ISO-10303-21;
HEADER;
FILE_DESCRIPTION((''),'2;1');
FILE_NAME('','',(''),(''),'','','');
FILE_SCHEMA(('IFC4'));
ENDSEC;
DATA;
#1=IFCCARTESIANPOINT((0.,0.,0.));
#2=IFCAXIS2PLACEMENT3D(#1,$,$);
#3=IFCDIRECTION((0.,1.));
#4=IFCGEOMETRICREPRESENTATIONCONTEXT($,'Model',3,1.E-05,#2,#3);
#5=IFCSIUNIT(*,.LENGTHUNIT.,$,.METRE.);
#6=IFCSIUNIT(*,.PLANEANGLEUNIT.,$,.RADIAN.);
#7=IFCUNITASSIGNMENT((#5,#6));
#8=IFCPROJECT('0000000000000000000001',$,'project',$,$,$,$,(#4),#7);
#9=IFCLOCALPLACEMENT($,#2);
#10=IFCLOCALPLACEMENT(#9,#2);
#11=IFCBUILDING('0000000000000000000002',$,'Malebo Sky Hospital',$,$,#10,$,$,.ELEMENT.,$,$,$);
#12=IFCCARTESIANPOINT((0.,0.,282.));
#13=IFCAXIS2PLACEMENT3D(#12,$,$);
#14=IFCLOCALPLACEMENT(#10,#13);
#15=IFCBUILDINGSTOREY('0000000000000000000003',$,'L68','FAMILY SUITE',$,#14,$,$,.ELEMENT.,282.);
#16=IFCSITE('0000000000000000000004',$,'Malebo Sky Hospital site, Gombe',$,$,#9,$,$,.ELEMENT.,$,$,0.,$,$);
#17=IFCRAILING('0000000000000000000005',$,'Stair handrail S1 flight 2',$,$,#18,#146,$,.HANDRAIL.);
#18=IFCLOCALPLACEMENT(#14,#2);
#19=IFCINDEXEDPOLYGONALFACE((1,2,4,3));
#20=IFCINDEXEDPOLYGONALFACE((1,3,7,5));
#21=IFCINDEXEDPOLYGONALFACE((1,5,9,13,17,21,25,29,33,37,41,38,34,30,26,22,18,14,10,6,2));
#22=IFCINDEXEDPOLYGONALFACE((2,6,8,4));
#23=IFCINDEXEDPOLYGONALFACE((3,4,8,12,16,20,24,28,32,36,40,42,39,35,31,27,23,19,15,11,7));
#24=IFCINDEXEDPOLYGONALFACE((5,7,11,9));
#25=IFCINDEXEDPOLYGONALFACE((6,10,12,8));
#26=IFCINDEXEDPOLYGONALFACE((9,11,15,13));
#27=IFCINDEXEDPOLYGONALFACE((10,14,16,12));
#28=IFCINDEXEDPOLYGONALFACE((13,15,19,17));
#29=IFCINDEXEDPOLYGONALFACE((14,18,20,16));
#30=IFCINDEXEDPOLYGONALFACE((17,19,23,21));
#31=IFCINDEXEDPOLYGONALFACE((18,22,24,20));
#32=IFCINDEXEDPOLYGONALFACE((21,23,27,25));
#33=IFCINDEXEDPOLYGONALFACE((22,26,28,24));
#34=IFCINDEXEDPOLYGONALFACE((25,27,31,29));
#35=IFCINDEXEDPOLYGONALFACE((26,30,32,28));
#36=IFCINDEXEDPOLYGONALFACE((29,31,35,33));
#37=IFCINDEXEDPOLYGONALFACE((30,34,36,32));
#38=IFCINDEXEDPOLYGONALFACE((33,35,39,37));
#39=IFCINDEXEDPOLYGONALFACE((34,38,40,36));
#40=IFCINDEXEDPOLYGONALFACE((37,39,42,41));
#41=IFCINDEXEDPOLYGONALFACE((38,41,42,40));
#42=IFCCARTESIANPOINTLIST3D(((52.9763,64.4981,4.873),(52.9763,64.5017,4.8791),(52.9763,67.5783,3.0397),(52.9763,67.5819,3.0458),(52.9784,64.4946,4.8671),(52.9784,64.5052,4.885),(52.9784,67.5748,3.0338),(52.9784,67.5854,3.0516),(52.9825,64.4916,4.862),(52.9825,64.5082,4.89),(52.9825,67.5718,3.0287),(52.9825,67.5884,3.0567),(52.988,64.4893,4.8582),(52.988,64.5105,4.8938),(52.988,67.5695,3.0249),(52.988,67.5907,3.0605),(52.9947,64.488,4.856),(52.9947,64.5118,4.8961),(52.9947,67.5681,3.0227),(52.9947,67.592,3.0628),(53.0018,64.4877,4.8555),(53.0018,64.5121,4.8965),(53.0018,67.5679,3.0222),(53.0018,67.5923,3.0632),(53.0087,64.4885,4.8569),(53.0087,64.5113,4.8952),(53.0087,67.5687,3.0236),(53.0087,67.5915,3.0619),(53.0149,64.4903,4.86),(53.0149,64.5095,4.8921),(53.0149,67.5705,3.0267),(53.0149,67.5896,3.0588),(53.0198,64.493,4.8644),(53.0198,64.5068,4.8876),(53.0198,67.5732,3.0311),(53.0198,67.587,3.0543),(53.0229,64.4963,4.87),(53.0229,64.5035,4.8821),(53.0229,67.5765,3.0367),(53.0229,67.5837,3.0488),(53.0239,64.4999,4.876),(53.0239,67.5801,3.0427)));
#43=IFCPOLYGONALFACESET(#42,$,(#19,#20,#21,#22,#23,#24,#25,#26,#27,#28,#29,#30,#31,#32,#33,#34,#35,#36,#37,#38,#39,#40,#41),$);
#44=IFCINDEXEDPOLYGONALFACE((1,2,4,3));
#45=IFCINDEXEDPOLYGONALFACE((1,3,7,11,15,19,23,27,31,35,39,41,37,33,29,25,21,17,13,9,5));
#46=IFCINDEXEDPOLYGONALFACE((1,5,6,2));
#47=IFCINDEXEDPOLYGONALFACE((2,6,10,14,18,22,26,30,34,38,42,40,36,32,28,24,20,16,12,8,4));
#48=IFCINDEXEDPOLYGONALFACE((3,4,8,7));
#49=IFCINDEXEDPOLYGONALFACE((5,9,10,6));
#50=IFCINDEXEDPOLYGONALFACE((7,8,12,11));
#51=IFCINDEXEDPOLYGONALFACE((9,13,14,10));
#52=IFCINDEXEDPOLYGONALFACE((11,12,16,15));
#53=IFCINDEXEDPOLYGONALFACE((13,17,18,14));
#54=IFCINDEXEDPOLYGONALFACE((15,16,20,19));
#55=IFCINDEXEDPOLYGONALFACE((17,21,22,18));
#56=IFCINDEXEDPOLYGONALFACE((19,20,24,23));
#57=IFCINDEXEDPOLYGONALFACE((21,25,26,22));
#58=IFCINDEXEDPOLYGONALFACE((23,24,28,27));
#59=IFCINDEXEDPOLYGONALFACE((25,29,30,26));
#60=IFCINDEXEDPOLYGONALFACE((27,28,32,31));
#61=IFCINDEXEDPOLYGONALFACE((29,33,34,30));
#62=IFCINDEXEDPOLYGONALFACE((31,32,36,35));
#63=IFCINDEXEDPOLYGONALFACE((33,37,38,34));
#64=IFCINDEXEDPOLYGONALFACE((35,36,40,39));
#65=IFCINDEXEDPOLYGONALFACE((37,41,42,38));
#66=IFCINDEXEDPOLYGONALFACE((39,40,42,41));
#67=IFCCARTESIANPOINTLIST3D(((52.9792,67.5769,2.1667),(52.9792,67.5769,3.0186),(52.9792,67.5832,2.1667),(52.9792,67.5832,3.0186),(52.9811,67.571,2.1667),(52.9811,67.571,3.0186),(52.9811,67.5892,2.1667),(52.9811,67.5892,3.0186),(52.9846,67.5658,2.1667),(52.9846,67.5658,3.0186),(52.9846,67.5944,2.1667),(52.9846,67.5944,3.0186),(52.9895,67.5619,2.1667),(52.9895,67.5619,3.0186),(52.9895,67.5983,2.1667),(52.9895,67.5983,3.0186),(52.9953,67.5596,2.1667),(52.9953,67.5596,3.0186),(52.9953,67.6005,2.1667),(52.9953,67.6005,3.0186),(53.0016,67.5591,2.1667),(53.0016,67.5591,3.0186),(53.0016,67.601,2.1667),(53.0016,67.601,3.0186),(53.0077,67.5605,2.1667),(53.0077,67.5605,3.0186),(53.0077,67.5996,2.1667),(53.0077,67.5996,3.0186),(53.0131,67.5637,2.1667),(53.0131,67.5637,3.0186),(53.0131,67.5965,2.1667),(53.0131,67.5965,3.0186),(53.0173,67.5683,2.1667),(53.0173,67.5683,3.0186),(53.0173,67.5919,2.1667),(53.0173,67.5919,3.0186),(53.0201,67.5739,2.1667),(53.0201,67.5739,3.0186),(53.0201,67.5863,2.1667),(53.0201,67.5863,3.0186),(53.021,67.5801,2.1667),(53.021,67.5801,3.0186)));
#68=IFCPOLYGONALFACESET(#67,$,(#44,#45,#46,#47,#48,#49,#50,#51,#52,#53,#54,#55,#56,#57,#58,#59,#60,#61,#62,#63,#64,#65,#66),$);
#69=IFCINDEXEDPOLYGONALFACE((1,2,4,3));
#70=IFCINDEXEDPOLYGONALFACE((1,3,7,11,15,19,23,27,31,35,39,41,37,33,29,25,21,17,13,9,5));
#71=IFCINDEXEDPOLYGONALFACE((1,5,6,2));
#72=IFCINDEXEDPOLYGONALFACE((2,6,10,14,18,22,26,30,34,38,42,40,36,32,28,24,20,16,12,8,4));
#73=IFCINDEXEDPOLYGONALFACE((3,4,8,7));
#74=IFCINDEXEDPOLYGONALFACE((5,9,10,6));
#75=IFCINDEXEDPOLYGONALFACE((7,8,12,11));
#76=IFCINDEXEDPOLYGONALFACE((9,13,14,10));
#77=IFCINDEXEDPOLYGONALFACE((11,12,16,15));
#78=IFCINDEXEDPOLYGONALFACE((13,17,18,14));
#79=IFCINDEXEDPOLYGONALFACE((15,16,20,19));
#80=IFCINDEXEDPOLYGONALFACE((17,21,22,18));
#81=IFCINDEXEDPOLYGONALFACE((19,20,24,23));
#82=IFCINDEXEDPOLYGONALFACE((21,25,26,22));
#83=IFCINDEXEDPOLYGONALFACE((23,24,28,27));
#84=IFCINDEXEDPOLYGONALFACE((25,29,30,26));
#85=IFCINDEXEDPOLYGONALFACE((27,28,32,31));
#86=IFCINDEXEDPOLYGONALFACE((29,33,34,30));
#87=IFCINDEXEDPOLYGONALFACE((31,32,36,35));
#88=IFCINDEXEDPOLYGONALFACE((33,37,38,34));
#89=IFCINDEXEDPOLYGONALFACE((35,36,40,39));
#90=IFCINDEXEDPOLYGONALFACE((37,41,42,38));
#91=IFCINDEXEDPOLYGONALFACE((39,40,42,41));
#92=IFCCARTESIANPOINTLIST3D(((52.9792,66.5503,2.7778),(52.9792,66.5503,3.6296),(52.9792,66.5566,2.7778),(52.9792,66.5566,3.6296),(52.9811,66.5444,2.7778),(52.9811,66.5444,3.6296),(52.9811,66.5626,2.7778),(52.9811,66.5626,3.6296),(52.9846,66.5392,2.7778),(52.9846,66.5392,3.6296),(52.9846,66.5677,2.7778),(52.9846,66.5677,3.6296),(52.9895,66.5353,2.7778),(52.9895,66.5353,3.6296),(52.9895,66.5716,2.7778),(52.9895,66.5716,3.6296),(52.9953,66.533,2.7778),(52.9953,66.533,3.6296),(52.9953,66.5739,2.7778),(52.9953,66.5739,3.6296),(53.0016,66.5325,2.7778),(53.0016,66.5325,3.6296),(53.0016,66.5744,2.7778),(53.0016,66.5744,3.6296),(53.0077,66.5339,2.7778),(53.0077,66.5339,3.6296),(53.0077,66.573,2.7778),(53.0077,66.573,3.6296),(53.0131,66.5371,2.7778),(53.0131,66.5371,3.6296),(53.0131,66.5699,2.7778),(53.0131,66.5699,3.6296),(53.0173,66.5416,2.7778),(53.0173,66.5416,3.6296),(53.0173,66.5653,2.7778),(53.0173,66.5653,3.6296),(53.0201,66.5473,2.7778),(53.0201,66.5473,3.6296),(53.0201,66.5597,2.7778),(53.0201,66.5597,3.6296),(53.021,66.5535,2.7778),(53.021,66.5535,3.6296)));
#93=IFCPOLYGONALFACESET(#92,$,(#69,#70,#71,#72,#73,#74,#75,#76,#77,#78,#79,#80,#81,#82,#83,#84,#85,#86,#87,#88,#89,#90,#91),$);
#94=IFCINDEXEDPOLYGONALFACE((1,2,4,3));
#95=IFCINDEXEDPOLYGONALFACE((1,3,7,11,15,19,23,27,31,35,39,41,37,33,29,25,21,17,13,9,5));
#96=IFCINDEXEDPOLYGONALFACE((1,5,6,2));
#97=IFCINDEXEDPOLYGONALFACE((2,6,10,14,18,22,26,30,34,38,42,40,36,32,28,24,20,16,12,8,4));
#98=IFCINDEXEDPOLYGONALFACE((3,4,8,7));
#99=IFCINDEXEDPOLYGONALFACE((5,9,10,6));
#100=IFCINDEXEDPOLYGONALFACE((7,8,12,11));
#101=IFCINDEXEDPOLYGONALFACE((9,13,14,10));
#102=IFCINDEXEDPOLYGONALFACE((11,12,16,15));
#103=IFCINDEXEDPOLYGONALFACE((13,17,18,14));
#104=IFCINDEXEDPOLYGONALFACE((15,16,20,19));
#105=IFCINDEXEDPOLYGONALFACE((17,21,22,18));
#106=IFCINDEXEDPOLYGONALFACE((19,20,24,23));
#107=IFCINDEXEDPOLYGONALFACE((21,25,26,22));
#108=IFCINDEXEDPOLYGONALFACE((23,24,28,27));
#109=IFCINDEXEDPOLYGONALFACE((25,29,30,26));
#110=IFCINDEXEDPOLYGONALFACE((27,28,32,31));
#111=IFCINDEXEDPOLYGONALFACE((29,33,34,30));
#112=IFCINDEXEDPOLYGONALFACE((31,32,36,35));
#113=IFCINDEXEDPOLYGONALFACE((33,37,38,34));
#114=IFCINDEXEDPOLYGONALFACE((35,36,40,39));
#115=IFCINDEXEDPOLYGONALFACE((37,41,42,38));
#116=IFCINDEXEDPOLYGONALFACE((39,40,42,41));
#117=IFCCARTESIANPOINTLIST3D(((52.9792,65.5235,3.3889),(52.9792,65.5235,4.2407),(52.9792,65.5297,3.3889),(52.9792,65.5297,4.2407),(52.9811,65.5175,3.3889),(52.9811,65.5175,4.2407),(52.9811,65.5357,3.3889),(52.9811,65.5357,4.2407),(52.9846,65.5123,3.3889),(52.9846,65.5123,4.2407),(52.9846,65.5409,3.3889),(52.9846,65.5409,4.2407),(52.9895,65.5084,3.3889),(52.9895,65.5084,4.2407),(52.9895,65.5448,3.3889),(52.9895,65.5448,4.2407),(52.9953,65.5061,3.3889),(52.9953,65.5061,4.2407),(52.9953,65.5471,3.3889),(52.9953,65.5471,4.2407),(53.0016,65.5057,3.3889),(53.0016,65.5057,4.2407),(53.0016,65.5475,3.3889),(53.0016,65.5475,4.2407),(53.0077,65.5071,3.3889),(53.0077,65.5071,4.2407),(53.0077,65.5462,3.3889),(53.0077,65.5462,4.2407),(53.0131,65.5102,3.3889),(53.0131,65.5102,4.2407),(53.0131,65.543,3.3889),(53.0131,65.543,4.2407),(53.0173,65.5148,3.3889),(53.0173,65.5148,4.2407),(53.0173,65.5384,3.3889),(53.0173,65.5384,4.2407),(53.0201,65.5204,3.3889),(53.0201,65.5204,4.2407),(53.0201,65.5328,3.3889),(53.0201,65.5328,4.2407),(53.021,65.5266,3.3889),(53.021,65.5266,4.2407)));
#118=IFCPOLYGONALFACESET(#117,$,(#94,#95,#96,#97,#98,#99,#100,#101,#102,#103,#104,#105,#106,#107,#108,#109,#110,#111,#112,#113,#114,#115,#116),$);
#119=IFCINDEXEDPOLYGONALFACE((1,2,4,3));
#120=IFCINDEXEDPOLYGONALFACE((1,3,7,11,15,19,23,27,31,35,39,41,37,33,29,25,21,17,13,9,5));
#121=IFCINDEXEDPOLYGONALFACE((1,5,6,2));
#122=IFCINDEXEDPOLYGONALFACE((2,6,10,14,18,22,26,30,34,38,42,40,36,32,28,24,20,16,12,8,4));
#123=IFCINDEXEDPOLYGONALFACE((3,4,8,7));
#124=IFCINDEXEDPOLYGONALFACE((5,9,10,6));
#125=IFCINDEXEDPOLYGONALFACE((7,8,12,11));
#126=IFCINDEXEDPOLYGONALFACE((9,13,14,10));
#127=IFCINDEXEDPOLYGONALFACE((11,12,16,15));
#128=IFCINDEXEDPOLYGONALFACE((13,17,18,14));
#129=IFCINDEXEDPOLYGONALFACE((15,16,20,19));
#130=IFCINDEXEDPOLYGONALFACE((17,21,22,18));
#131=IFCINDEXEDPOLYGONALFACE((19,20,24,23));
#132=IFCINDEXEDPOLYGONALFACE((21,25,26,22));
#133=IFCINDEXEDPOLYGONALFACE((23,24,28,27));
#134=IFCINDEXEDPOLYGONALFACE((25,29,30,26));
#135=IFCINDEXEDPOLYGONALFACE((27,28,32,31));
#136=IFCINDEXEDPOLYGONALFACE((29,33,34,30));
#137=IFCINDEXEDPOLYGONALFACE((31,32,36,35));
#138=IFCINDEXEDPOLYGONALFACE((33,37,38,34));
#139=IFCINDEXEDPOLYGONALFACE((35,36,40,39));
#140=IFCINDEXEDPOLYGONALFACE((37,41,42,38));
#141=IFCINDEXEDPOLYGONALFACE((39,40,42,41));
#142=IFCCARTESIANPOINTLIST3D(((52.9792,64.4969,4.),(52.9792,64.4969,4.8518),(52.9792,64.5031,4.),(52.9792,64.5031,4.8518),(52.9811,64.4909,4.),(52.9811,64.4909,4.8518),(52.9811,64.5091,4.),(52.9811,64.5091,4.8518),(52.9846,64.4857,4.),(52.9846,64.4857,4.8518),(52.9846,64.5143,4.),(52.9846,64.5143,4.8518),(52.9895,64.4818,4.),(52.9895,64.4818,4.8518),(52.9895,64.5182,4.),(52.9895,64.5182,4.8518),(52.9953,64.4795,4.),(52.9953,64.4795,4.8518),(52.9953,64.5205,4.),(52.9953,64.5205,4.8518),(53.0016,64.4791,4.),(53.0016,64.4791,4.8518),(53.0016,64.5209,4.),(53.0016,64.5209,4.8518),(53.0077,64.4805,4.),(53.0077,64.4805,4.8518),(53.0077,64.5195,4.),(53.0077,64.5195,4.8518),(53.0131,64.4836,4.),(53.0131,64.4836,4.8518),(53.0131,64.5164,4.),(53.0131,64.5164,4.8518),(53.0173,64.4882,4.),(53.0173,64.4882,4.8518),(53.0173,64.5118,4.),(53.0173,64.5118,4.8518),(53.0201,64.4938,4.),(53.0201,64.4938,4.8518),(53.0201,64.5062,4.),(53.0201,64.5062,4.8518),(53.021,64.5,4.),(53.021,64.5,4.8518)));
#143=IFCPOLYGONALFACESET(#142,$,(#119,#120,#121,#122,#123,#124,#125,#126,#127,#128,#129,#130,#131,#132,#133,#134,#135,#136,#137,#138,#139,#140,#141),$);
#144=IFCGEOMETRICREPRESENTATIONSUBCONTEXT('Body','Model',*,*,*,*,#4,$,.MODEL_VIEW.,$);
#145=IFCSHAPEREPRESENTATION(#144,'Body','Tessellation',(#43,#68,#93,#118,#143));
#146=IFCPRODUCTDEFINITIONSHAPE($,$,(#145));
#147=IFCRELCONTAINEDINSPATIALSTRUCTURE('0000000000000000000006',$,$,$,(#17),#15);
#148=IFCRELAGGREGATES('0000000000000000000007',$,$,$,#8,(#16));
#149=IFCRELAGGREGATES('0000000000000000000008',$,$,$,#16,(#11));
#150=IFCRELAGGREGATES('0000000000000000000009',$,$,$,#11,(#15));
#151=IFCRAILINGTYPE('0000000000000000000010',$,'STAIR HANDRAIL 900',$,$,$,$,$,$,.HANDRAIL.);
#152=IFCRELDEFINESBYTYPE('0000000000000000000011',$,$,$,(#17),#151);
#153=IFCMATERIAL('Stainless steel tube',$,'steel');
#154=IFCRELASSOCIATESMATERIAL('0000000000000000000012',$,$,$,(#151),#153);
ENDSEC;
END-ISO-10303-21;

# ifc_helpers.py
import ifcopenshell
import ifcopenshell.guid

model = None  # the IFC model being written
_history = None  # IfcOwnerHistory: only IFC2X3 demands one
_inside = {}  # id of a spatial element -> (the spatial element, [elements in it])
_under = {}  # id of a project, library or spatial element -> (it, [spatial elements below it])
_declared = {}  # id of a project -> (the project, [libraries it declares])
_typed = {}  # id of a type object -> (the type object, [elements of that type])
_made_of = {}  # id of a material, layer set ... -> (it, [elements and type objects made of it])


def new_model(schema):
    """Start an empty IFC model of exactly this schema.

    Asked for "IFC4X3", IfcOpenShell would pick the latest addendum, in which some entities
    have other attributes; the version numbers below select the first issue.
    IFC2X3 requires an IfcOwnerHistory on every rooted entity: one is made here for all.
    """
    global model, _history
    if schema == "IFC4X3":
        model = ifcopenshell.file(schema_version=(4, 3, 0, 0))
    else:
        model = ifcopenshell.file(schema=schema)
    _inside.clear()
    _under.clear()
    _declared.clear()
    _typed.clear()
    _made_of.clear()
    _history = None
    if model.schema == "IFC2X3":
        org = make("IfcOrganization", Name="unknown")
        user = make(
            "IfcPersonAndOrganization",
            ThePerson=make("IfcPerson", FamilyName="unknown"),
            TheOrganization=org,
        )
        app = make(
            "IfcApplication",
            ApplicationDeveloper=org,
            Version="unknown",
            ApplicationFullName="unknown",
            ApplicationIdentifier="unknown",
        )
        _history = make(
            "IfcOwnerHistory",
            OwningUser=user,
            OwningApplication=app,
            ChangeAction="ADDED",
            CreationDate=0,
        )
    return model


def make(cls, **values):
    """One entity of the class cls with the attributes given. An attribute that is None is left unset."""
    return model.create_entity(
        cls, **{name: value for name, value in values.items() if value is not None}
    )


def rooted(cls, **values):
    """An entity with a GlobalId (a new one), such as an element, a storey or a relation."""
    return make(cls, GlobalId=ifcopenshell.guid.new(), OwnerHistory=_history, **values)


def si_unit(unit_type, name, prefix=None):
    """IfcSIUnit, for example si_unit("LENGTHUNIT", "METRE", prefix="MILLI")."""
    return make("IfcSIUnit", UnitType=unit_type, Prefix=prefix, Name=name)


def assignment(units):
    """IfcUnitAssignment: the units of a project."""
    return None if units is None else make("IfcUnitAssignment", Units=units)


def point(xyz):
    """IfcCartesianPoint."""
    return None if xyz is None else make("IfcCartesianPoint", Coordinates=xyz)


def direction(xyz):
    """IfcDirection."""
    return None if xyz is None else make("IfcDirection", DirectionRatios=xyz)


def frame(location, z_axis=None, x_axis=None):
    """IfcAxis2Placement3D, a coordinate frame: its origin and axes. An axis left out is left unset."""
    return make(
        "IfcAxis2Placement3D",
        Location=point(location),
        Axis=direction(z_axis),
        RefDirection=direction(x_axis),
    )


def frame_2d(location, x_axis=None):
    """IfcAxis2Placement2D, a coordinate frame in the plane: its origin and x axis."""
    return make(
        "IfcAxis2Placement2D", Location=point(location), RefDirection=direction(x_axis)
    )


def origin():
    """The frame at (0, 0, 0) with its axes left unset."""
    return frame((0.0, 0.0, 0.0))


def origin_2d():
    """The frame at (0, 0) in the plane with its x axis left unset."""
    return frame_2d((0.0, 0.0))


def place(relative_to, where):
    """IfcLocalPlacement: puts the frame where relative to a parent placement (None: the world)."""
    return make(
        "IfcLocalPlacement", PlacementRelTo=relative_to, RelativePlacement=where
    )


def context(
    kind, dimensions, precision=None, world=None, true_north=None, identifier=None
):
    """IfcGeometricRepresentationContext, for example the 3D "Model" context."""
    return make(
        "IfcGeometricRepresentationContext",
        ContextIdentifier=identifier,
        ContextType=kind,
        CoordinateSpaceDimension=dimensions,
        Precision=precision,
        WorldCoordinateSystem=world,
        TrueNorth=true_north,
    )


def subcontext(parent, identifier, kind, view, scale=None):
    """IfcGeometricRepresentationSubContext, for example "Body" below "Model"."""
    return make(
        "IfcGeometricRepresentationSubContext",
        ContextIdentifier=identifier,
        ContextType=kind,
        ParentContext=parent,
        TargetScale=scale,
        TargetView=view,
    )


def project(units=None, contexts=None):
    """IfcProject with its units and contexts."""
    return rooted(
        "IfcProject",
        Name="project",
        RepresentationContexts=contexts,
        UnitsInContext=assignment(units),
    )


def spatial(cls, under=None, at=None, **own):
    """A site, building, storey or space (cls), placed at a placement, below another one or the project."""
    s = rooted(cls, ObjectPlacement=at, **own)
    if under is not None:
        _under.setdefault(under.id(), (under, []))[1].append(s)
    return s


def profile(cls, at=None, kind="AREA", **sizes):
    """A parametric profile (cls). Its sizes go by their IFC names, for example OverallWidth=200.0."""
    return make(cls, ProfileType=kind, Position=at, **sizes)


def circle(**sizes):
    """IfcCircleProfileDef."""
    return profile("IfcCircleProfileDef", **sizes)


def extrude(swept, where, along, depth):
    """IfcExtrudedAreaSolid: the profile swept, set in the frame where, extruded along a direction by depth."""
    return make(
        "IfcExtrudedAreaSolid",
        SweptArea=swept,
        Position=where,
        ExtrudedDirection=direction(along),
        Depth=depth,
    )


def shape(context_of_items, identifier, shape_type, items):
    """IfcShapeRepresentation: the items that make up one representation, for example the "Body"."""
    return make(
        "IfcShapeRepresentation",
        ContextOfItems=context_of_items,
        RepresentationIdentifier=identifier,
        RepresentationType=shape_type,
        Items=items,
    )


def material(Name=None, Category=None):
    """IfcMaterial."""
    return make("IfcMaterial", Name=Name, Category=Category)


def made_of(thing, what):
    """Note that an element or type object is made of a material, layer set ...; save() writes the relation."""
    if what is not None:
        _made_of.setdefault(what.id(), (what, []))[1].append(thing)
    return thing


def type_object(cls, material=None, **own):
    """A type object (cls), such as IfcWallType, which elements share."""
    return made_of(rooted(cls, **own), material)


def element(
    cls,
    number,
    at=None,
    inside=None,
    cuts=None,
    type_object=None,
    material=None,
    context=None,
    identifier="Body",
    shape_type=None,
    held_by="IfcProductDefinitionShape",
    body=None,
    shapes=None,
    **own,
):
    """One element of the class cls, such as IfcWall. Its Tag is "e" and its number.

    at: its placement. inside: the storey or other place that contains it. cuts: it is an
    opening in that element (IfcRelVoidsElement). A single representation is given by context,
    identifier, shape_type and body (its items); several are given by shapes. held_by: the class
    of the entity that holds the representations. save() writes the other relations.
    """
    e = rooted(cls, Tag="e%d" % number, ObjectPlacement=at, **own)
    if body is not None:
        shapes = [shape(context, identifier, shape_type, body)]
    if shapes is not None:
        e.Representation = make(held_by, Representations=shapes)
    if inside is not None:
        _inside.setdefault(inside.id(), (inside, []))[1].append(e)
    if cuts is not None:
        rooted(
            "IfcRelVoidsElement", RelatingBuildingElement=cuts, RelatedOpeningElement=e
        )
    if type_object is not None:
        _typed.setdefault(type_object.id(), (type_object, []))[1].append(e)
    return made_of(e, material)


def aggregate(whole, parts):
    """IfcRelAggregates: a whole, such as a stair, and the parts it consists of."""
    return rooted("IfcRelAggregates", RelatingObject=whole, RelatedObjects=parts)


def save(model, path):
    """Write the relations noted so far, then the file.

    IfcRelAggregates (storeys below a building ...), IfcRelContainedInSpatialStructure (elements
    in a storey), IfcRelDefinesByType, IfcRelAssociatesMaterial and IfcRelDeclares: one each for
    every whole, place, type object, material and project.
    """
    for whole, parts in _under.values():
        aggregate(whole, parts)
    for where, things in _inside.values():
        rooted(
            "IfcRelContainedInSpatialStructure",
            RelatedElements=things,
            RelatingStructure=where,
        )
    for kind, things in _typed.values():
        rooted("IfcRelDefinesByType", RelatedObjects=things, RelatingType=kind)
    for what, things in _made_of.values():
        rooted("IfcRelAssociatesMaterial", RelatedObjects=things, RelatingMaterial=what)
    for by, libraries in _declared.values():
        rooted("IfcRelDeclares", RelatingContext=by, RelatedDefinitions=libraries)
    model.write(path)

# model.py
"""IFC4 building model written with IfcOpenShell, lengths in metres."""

from ifc_helpers import new_model, si_unit, direction, frame, origin, origin_2d, place, context, subcontext, project, spatial, circle, extrude, material, type_object, element, save


model = new_model("IFC4")

# Units and contexts
model_context = context("Model", 3, precision=1e-05, world=origin(), true_north=direction((0.0, 1.0)))
body_context = subcontext(model_context, "Body", "Model", "MODEL_VIEW")
ifc_project = project(units=[si_unit("LENGTHUNIT", "METRE"), si_unit("PLANEANGLEUNIT", "RADIAN")], contexts=[model_context])

# Site, building, storey
site_placement = place(None, origin())
site = spatial("IfcSite", under=ifc_project, at=site_placement, Name="Malebo Sky Hospital site, Gombe", CompositionType="ELEMENT", RefElevation=0.0)
building_placement = place(site_placement, origin())
building = spatial("IfcBuilding", under=site, at=building_placement, Name="Malebo Sky Hospital", CompositionType="ELEMENT")
storey_placement = place(building_placement, frame((0.0, 0.0, 282.0)))
storey = spatial("IfcBuildingStorey", under=building, at=storey_placement, Name="L68", Description="FAMILY SUITE", CompositionType="ELEMENT", Elevation=282.0)

# Railing
ifc_material_1 = material(Name="Stainless steel tube", Category="steel")
railing_type = type_object("IfcRailingType", Name="STAIR HANDRAIL 900", PredefinedType="HANDRAIL", material=ifc_material_1)
railing_1_placement = place(storey_placement, frame((53.0, 67.5801, 2.1667)))
element("IfcRailing", 1, at=railing_1_placement, inside=storey, type_object=railing_type, Name="Stair handrail S1 flight 2", PredefinedType="HANDRAIL", context=body_context, shape_type="SweptSolid", body=[
    extrude(circle(Radius=0.0239, at=origin_2d()), frame((0.0, 0.0, 0.876), z_axis=(0.0, -0.859309, 0.511458), x_axis=(1.0, 0.0, 0.0)), (0.0, 0.0, 1.0), 3.5845),
    extrude(circle(Radius=0.021, at=origin_2d()), origin(), (0.0, 0.0, 1.0), 0.8518),
    extrude(circle(Radius=0.021, at=origin_2d()), frame((0.0, -1.0266, 0.6111)), (0.0, 0.0, 1.0), 0.8518),
    extrude(circle(Radius=0.021, at=origin_2d()), frame((0.0, -2.0535, 1.2222)), (0.0, 0.0, 1.0), 0.8518),
    extrude(circle(Radius=0.021, at=origin_2d()), frame((0.0, -3.0801, 1.8333)), (0.0, 0.0, 1.0), 0.8518),
])

save(model, "model.ifc")
